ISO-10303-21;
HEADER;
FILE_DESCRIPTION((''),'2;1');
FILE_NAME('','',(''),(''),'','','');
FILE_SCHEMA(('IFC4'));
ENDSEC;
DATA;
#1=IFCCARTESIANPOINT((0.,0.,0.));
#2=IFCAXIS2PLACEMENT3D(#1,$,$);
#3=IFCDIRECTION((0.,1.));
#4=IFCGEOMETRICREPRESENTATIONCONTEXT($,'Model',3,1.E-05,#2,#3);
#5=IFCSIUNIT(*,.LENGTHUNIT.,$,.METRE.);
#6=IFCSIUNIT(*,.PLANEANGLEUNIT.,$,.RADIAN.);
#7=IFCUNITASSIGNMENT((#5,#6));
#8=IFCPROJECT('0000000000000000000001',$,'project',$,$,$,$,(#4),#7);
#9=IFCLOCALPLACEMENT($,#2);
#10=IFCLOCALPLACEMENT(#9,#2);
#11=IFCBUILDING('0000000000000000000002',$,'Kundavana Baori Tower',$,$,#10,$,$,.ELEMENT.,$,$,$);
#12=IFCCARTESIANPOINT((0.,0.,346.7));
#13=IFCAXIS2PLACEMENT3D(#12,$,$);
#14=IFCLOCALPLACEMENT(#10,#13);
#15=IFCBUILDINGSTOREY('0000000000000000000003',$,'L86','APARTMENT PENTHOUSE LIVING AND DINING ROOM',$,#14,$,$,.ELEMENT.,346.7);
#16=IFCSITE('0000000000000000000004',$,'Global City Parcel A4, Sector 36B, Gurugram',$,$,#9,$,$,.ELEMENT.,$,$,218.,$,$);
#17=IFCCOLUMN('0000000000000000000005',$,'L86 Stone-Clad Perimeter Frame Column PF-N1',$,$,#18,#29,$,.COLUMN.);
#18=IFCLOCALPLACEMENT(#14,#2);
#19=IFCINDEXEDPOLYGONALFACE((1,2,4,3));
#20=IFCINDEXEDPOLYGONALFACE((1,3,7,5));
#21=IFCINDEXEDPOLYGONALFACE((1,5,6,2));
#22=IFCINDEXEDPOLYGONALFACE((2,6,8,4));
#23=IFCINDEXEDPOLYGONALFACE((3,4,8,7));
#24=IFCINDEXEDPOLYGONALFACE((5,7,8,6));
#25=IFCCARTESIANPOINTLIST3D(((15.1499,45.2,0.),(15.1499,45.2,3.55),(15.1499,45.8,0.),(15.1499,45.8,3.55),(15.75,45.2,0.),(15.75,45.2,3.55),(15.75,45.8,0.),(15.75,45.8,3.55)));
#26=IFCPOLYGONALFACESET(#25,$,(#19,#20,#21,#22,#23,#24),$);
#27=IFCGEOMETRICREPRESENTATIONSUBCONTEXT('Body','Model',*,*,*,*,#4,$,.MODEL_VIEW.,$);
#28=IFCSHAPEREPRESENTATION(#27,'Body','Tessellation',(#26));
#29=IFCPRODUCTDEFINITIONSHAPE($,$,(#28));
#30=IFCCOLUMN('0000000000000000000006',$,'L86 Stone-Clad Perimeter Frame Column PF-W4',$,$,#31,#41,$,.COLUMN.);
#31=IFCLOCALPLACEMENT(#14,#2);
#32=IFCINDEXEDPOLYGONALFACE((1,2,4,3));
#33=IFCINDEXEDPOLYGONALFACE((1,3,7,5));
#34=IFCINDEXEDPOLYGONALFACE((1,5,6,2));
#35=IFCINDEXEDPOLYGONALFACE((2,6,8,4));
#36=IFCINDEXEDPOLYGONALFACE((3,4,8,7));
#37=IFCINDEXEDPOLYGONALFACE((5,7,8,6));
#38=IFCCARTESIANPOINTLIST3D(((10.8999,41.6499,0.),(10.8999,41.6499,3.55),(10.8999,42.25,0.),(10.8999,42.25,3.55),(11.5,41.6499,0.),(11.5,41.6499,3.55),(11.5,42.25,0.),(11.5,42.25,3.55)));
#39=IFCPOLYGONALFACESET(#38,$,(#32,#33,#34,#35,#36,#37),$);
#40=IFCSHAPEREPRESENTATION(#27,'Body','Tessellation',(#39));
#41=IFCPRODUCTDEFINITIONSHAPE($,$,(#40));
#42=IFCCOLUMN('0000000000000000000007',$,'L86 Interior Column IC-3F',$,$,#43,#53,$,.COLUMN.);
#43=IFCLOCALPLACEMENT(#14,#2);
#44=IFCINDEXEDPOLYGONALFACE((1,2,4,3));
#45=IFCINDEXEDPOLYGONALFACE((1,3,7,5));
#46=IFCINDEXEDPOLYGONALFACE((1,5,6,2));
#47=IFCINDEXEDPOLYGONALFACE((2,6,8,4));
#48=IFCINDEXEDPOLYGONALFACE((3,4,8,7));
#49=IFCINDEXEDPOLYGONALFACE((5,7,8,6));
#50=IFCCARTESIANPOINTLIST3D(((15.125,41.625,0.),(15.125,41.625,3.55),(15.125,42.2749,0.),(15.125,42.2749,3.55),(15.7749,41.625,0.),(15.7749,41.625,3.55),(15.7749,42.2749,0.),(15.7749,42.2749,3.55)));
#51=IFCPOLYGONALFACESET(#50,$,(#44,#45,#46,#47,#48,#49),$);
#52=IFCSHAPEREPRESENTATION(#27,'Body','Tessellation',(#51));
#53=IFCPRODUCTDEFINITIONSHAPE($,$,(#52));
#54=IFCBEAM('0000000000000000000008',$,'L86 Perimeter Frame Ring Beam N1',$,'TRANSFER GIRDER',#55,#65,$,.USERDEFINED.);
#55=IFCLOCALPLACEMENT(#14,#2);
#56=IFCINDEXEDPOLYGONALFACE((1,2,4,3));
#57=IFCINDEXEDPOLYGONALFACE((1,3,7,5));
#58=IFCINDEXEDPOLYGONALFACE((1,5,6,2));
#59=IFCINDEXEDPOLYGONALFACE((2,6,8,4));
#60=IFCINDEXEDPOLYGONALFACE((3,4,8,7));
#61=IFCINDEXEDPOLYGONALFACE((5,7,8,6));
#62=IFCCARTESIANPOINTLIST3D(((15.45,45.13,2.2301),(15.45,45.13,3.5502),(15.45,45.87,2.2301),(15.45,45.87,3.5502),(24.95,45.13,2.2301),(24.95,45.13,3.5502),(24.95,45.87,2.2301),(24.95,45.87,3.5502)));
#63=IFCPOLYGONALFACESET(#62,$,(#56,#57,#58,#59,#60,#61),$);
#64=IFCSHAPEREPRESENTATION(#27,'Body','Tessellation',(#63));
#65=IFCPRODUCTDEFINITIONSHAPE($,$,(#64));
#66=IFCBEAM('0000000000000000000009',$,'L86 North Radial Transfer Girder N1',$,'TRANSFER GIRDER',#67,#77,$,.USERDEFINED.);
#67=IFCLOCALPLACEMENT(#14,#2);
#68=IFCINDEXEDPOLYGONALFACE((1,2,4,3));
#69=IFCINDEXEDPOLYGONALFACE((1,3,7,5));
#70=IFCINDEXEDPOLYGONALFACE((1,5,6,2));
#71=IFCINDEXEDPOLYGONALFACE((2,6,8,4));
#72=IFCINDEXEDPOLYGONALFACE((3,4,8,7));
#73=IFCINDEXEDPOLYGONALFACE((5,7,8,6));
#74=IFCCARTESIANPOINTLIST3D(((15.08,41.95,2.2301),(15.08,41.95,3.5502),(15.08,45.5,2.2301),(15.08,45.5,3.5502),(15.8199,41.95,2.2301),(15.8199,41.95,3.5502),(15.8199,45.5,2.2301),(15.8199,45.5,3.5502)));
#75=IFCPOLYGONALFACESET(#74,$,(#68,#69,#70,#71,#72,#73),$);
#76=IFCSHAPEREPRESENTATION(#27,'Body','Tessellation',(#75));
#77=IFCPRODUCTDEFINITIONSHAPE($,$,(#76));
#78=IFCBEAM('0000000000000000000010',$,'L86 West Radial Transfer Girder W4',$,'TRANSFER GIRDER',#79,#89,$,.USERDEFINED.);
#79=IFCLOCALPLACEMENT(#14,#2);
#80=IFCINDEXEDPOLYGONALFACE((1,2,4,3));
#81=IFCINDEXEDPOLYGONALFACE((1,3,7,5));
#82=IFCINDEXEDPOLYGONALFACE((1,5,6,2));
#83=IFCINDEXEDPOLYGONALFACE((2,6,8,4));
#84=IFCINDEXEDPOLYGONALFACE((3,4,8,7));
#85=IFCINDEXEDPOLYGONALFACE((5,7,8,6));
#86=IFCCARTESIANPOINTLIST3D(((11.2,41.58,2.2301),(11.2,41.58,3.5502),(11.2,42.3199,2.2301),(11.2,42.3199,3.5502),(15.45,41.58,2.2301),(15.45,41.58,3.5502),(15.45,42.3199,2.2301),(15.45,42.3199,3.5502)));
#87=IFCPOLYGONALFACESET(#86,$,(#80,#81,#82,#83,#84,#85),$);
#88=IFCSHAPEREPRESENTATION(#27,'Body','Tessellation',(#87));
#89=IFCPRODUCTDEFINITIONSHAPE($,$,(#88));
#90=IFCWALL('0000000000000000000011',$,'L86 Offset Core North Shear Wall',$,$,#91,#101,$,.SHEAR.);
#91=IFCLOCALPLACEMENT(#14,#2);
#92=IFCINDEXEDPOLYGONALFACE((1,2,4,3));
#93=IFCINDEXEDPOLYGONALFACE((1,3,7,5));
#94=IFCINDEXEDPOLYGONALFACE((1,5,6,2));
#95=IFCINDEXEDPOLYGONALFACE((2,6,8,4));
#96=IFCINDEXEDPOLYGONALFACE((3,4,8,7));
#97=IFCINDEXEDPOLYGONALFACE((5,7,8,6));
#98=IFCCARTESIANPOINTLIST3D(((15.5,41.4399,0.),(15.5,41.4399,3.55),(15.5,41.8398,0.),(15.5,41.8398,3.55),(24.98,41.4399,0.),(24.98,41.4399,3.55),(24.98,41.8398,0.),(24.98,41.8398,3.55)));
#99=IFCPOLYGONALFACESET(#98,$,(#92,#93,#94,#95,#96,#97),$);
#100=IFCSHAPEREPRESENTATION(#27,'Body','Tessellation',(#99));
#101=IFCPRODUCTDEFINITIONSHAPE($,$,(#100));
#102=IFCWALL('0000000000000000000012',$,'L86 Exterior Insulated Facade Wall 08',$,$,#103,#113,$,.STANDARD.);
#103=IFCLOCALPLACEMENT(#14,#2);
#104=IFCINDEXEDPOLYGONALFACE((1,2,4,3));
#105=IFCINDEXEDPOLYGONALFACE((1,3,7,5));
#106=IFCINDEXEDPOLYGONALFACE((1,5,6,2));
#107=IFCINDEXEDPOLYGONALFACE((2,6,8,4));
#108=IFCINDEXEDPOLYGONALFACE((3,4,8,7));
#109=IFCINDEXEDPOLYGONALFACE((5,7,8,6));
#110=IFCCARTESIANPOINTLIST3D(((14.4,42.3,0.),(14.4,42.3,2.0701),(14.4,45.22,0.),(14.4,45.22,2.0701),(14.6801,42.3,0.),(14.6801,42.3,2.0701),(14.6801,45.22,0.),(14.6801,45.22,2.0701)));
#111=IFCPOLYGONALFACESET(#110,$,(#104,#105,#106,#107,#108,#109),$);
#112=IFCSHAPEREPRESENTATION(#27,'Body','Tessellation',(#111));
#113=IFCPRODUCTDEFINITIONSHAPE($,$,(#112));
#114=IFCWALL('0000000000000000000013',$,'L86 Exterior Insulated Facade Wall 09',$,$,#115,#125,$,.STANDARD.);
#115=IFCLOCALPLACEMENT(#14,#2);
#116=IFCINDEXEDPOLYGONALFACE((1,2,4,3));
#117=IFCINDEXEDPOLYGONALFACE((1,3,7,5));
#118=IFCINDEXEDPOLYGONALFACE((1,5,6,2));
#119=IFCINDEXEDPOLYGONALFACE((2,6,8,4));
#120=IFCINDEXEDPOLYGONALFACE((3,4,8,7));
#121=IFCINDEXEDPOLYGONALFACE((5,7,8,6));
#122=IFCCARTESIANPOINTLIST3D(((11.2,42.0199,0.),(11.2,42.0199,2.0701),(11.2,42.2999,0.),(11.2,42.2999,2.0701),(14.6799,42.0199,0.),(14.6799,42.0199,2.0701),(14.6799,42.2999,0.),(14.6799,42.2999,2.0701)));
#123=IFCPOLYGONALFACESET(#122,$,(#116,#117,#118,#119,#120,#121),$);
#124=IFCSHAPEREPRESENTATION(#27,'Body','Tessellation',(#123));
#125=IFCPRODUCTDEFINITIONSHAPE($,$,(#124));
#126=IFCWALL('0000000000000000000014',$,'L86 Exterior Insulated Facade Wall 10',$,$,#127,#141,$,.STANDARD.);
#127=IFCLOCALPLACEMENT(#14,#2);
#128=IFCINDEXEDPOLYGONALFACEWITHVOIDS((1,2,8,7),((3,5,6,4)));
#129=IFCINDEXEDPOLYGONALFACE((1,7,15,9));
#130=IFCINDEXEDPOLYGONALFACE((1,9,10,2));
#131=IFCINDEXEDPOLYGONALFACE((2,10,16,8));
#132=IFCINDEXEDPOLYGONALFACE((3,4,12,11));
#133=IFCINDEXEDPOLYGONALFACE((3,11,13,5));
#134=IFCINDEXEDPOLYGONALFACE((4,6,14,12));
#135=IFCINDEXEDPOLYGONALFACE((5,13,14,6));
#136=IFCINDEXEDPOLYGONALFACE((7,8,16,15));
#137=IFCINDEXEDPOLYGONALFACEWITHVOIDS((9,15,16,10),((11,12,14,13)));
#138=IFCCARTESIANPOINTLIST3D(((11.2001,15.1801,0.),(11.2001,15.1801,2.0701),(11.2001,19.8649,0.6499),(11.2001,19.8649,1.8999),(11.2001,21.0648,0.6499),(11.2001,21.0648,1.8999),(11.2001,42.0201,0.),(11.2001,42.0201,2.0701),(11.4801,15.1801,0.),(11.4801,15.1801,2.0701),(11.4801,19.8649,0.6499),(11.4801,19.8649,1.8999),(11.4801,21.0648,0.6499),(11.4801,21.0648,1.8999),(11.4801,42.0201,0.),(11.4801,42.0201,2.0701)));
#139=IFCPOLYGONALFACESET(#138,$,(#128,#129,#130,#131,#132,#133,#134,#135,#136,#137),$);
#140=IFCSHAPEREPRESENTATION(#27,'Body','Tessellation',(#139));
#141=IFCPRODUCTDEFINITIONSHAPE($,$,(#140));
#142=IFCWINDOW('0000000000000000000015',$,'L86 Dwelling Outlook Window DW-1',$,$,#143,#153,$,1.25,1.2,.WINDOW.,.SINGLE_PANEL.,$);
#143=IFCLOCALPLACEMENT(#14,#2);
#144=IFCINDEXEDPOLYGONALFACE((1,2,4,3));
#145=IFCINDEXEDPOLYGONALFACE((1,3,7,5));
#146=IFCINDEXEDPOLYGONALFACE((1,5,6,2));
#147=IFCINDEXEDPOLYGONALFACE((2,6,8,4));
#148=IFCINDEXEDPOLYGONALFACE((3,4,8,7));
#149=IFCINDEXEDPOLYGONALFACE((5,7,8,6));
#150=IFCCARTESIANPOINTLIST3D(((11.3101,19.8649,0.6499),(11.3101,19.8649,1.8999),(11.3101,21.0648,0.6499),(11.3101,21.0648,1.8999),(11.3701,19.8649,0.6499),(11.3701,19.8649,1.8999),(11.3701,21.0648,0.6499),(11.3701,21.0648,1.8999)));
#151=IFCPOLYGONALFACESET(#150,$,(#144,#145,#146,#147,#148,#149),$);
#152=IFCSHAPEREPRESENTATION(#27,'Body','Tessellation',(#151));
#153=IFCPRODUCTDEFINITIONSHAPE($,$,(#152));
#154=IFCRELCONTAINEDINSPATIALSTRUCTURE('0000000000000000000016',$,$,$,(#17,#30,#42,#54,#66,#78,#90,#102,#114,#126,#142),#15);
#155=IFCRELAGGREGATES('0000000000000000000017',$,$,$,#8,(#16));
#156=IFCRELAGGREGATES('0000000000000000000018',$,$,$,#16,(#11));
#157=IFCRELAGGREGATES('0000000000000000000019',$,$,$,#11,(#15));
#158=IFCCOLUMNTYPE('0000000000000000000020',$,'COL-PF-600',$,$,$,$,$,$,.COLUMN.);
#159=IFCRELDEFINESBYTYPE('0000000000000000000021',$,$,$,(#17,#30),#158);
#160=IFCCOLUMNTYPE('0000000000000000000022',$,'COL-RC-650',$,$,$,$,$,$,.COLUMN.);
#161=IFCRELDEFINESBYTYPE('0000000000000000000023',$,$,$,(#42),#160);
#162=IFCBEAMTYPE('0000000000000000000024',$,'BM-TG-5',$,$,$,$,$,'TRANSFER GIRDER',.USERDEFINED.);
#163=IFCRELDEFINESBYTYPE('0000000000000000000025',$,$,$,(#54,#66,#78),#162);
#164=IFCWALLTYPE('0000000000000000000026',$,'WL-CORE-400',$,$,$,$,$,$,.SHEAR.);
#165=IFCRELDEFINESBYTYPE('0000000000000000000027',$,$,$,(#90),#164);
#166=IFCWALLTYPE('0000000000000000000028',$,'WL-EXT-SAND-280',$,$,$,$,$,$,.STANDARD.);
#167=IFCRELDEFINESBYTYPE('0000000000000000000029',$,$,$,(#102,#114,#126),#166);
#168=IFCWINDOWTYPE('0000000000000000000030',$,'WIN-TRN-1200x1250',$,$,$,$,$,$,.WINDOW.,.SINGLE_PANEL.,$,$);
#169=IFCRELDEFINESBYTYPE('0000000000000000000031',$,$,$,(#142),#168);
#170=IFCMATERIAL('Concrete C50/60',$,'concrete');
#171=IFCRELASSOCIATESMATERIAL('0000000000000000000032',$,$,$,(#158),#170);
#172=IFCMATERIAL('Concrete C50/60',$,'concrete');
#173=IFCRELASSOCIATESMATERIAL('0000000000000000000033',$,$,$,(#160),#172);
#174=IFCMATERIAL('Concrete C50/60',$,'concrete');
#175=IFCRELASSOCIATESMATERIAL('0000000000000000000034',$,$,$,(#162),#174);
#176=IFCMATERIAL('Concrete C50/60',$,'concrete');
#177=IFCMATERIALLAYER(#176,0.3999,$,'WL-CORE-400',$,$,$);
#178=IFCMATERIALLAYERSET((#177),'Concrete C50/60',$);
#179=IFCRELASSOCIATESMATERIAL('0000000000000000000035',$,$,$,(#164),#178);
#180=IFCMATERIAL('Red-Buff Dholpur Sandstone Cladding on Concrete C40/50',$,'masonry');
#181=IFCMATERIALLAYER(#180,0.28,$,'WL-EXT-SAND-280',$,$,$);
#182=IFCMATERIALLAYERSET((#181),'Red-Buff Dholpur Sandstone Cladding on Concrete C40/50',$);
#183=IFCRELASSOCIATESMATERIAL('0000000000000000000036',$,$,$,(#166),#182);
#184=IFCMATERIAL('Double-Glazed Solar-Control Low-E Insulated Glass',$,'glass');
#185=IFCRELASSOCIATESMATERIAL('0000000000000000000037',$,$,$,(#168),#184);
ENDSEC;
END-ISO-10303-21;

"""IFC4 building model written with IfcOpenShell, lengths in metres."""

from ifc_helpers import new_model, si_unit, direction, frame, frame_2d, origin, origin_2d, place, context, subcontext, project, spatial, rectangle, extrude, material, layer, layer_set, material_profile, profile_set, type_object, element, fill, save


model = new_model("IFC4")

# Units and contexts
model_context = context("Model", 3, precision=1e-05, world=origin(), true_north=direction((0.0, 1.0)))
body_context = subcontext(model_context, "Body", "Model", "MODEL_VIEW")
ifc_project = project(units=[si_unit("LENGTHUNIT", "METRE"), si_unit("PLANEANGLEUNIT", "RADIAN")], contexts=[model_context])

# Site, building, storey
site_placement = place(None, origin())
site = spatial("IfcSite", under=ifc_project, at=site_placement, Name="Global City Parcel A4, Sector 36B, Gurugram", CompositionType="ELEMENT", RefElevation=218.0)
building_placement = place(site_placement, origin())
building = spatial("IfcBuilding", under=site, at=building_placement, Name="Kundavana Baori Tower", CompositionType="ELEMENT")
storey_placement = place(building_placement, frame((0.0, 0.0, 346.7)))
storey = spatial("IfcBuildingStorey", under=building, at=storey_placement, Name="L86", Description="APARTMENT PENTHOUSE LIVING AND DINING ROOM", CompositionType="ELEMENT", Elevation=346.7)

# Columns
ifc_material_1 = material(Name="Concrete C50/60", Category="concrete")
ifc_material_profile_1 = material_profile(ifc_material_1, rectangle(XDim=0.6001, YDim=0.6001, at=origin_2d()), Name="RC PF 600x600")
ifc_profile_set_1 = profile_set([ifc_material_profile_1], Name="Concrete C50/60")
column_type_1 = type_object("IfcColumnType", Name="COL-PF-600", PredefinedType="COLUMN", material=ifc_profile_set_1)
for number, where, z_axis, x_axis, name in (
    (1, (15.45, 45.5, 0.0), (0.0, 0.0, 1.0), (1.0, 0.0, 0.0), "L86 Stone-Clad Perimeter Frame Column PF-N1"),
    (2, (11.2, 41.95, 0.0), (0.0, 0.0, 1.0), (1.0, 0.0, 0.0), "L86 Stone-Clad Perimeter Frame Column PF-W4"),
):
    element("IfcColumn", number, at=place(storey_placement, frame(where, z_axis=z_axis, x_axis=x_axis)), inside=storey, type_object=column_type_1, Name=name, PredefinedType="COLUMN", context=body_context, shape_type="SweptSolid", body=[
        extrude(rectangle(XDim=0.6001, YDim=0.6001, at=origin_2d()), origin(), (0.0, 0.0, 1.0), 3.55),
    ])
ifc_material_2 = material(Name="Concrete C50/60", Category="concrete")
ifc_material_profile_2 = material_profile(ifc_material_2, rectangle(XDim=0.6499, YDim=0.6499, at=origin_2d()), Name="RC 650x650")
ifc_profile_set_2 = profile_set([ifc_material_profile_2], Name="Concrete C50/60")
column_type_2 = type_object("IfcColumnType", Name="COL-RC-650", PredefinedType="COLUMN", material=ifc_profile_set_2)
column_placement = place(storey_placement, frame((15.45, 41.95, 0.0), z_axis=(0.0, 0.0, 1.0), x_axis=(1.0, 0.0, 0.0)))
element("IfcColumn", 3, at=column_placement, inside=storey, type_object=column_type_2, Name="L86 Interior Column IC-3F", PredefinedType="COLUMN", context=body_context, shape_type="SweptSolid", body=[
    extrude(rectangle(XDim=0.6499, YDim=0.6499, at=origin_2d()), origin(), (0.0, 0.0, 1.0), 3.55),
])

# Beams
ifc_material_3 = material(Name="Concrete C50/60", Category="concrete")
ifc_material_profile_3 = material_profile(ifc_material_3, rectangle(XDim=0.74, YDim=1.3201, at=origin_2d()), Name="BM-TG-5")
ifc_profile_set_3 = profile_set([ifc_material_profile_3], Name="Concrete C50/60")
beam_type = type_object("IfcBeamType", Name="BM-TG-5", ElementType="TRANSFER GIRDER", PredefinedType="USERDEFINED", material=ifc_profile_set_3)
beam_1_placement = place(storey_placement, frame((15.45, 45.5, 2.8901), z_axis=(1.0, 0.0, 0.0), x_axis=(0.0, 1.0, 0.0)))
element("IfcBeam", 4, at=beam_1_placement, inside=storey, type_object=beam_type, Name="L86 Perimeter Frame Ring Beam N1", ObjectType="TRANSFER GIRDER", PredefinedType="USERDEFINED", context=body_context, shape_type="SweptSolid", body=[
    extrude(rectangle(XDim=0.74, YDim=1.3201, at=origin_2d()), origin(), (0.0, 0.0, 1.0), 9.5),
])
beam_2_placement = place(storey_placement, frame((15.45, 41.95, 2.8901), z_axis=(0.0, 1.0, 0.0), x_axis=(-1.0, 0.0, 0.0)))
element("IfcBeam", 5, at=beam_2_placement, inside=storey, type_object=beam_type, Name="L86 North Radial Transfer Girder N1", ObjectType="TRANSFER GIRDER", PredefinedType="USERDEFINED", context=body_context, shape_type="SweptSolid", body=[
    extrude(rectangle(XDim=0.74, YDim=1.3201, at=origin_2d()), origin(), (0.0, 0.0, 1.0), 3.55),
])
beam_3_placement = place(storey_placement, frame((15.45, 41.95, 2.8901), z_axis=(-1.0, 0.0, 0.0), x_axis=(0.0, -1.0, 0.0)))
element("IfcBeam", 6, at=beam_3_placement, inside=storey, type_object=beam_type, Name="L86 West Radial Transfer Girder W4", ObjectType="TRANSFER GIRDER", PredefinedType="USERDEFINED", context=body_context, shape_type="SweptSolid", body=[
    extrude(rectangle(XDim=0.74, YDim=1.3201, at=origin_2d()), origin(), (0.0, 0.0, 1.0), 4.25),
])

# Walls
ifc_material_4 = material(Name="Concrete C50/60", Category="concrete")
ifc_layer_1 = layer(ifc_material_4, 0.3999, Name="WL-CORE-400")
ifc_layer_set_1 = layer_set([ifc_layer_1], Name="Concrete C50/60")
wall_type_1 = type_object("IfcWallType", Name="WL-CORE-400", PredefinedType="SHEAR", material=ifc_layer_set_1)
wall_1_placement = place(storey_placement, frame((15.5, 41.6399, 0.0), z_axis=(0.0, 0.0, 1.0), x_axis=(1.0, 0.0, 0.0)))
element("IfcWall", 7, at=wall_1_placement, inside=storey, type_object=wall_type_1, Name="L86 Offset Core North Shear Wall", PredefinedType="SHEAR", context=body_context, shape_type="SweptSolid", body=[
    extrude(rectangle(XDim=9.48, YDim=0.3999, at=frame_2d((4.74, 0.0))), origin(), (0.0, 0.0, 1.0), 3.55),
])
ifc_material_5 = material(Name="Red-Buff Dholpur Sandstone Cladding on Concrete C40/50", Category="masonry")
ifc_layer_2 = layer(ifc_material_5, 0.28, Name="WL-EXT-SAND-280")
ifc_layer_set_2 = layer_set([ifc_layer_2], Name="Red-Buff Dholpur Sandstone Cladding on Concrete C40/50")
wall_type_2 = type_object("IfcWallType", Name="WL-EXT-SAND-280", PredefinedType="STANDARD", material=ifc_layer_set_2)
wall_2_placement = place(storey_placement, frame((14.54, 45.22, 0.0), z_axis=(0.0, 0.0, 1.0), x_axis=(0.0, -1.0, 0.0)))
element("IfcWall", 8, at=wall_2_placement, inside=storey, type_object=wall_type_2, Name="L86 Exterior Insulated Facade Wall 08", PredefinedType="STANDARD", context=body_context, shape_type="SweptSolid", body=[
    extrude(rectangle(XDim=2.9199, YDim=0.28, at=frame_2d((1.46, 0.0))), origin(), (0.0, 0.0, 1.0), 2.0701),
])
wall_3_placement = place(storey_placement, frame((14.6799, 42.1599, 0.0), z_axis=(0.0, 0.0, 1.0), x_axis=(-1.0, 0.0, 0.0)))
element("IfcWall", 9, at=wall_3_placement, inside=storey, type_object=wall_type_2, Name="L86 Exterior Insulated Facade Wall 09", PredefinedType="STANDARD", context=body_context, shape_type="SweptSolid", body=[
    extrude(rectangle(XDim=3.48, YDim=0.28, at=frame_2d((1.74, 0.0))), origin(), (0.0, 0.0, 1.0), 2.0701),
])

# Wall, opening, window
wall_4_placement = place(storey_placement, frame((11.3401, 42.02, 0.0), z_axis=(0.0, 0.0, 1.0), x_axis=(0.0, -1.0, 0.0)))
wall_4 = element("IfcWall", 10, at=wall_4_placement, inside=storey, type_object=wall_type_2, Name="L86 Exterior Insulated Facade Wall 10", PredefinedType="STANDARD", context=body_context, shape_type="SweptSolid", body=[
    extrude(rectangle(XDim=26.8401, YDim=0.28, at=frame_2d((13.4199, 0.0))), origin(), (0.0, 0.0, 1.0), 2.0701),
])
opening_1_placement = place(wall_4_placement, frame((20.9551, 0.0, 0.6499)))
opening_1 = element("IfcOpeningElement", 11, at=opening_1_placement, cuts=wall_4, PredefinedType="OPENING", context=body_context, shape_type="SweptSolid", body=[
    extrude(rectangle(XDim=1.2, YDim=1.25, at=frame_2d((0.6001, 0.625))), frame((0.0, 0.1499, 0.0), z_axis=(0.0, -1.0, 0.0), x_axis=(1.0, 0.0, 0.0)), (0.0, 0.0, 1.0), 0.3),
])
ifc_material_6 = material(Name="Double-Glazed Solar-Control Low-E Insulated Glass", Category="glass")
window_type = type_object("IfcWindowType", Name="WIN-TRN-1200x1250", PartitioningType="SINGLE_PANEL", PredefinedType="WINDOW", material=ifc_material_6)
window_placement = place(opening_1_placement, origin())
window = element("IfcWindow", 12, at=window_placement, inside=storey, type_object=window_type, Name="L86 Dwelling Outlook Window DW-1", OverallHeight=1.25, OverallWidth=1.2, PartitioningType="SINGLE_PANEL", PredefinedType="WINDOW", context=body_context, shape_type="SweptSolid", body=[
    extrude(rectangle(XDim=1.2, YDim=1.25, at=frame_2d((0.6001, 0.625))), frame((0.0, 0.03, 0.0), z_axis=(0.0, -1.0, 0.0), x_axis=(1.0, 0.0, 0.0)), (0.0, 0.0, 1.0), 0.0601),
])
fill(opening_1, window)

save(model, "model.ifc")
